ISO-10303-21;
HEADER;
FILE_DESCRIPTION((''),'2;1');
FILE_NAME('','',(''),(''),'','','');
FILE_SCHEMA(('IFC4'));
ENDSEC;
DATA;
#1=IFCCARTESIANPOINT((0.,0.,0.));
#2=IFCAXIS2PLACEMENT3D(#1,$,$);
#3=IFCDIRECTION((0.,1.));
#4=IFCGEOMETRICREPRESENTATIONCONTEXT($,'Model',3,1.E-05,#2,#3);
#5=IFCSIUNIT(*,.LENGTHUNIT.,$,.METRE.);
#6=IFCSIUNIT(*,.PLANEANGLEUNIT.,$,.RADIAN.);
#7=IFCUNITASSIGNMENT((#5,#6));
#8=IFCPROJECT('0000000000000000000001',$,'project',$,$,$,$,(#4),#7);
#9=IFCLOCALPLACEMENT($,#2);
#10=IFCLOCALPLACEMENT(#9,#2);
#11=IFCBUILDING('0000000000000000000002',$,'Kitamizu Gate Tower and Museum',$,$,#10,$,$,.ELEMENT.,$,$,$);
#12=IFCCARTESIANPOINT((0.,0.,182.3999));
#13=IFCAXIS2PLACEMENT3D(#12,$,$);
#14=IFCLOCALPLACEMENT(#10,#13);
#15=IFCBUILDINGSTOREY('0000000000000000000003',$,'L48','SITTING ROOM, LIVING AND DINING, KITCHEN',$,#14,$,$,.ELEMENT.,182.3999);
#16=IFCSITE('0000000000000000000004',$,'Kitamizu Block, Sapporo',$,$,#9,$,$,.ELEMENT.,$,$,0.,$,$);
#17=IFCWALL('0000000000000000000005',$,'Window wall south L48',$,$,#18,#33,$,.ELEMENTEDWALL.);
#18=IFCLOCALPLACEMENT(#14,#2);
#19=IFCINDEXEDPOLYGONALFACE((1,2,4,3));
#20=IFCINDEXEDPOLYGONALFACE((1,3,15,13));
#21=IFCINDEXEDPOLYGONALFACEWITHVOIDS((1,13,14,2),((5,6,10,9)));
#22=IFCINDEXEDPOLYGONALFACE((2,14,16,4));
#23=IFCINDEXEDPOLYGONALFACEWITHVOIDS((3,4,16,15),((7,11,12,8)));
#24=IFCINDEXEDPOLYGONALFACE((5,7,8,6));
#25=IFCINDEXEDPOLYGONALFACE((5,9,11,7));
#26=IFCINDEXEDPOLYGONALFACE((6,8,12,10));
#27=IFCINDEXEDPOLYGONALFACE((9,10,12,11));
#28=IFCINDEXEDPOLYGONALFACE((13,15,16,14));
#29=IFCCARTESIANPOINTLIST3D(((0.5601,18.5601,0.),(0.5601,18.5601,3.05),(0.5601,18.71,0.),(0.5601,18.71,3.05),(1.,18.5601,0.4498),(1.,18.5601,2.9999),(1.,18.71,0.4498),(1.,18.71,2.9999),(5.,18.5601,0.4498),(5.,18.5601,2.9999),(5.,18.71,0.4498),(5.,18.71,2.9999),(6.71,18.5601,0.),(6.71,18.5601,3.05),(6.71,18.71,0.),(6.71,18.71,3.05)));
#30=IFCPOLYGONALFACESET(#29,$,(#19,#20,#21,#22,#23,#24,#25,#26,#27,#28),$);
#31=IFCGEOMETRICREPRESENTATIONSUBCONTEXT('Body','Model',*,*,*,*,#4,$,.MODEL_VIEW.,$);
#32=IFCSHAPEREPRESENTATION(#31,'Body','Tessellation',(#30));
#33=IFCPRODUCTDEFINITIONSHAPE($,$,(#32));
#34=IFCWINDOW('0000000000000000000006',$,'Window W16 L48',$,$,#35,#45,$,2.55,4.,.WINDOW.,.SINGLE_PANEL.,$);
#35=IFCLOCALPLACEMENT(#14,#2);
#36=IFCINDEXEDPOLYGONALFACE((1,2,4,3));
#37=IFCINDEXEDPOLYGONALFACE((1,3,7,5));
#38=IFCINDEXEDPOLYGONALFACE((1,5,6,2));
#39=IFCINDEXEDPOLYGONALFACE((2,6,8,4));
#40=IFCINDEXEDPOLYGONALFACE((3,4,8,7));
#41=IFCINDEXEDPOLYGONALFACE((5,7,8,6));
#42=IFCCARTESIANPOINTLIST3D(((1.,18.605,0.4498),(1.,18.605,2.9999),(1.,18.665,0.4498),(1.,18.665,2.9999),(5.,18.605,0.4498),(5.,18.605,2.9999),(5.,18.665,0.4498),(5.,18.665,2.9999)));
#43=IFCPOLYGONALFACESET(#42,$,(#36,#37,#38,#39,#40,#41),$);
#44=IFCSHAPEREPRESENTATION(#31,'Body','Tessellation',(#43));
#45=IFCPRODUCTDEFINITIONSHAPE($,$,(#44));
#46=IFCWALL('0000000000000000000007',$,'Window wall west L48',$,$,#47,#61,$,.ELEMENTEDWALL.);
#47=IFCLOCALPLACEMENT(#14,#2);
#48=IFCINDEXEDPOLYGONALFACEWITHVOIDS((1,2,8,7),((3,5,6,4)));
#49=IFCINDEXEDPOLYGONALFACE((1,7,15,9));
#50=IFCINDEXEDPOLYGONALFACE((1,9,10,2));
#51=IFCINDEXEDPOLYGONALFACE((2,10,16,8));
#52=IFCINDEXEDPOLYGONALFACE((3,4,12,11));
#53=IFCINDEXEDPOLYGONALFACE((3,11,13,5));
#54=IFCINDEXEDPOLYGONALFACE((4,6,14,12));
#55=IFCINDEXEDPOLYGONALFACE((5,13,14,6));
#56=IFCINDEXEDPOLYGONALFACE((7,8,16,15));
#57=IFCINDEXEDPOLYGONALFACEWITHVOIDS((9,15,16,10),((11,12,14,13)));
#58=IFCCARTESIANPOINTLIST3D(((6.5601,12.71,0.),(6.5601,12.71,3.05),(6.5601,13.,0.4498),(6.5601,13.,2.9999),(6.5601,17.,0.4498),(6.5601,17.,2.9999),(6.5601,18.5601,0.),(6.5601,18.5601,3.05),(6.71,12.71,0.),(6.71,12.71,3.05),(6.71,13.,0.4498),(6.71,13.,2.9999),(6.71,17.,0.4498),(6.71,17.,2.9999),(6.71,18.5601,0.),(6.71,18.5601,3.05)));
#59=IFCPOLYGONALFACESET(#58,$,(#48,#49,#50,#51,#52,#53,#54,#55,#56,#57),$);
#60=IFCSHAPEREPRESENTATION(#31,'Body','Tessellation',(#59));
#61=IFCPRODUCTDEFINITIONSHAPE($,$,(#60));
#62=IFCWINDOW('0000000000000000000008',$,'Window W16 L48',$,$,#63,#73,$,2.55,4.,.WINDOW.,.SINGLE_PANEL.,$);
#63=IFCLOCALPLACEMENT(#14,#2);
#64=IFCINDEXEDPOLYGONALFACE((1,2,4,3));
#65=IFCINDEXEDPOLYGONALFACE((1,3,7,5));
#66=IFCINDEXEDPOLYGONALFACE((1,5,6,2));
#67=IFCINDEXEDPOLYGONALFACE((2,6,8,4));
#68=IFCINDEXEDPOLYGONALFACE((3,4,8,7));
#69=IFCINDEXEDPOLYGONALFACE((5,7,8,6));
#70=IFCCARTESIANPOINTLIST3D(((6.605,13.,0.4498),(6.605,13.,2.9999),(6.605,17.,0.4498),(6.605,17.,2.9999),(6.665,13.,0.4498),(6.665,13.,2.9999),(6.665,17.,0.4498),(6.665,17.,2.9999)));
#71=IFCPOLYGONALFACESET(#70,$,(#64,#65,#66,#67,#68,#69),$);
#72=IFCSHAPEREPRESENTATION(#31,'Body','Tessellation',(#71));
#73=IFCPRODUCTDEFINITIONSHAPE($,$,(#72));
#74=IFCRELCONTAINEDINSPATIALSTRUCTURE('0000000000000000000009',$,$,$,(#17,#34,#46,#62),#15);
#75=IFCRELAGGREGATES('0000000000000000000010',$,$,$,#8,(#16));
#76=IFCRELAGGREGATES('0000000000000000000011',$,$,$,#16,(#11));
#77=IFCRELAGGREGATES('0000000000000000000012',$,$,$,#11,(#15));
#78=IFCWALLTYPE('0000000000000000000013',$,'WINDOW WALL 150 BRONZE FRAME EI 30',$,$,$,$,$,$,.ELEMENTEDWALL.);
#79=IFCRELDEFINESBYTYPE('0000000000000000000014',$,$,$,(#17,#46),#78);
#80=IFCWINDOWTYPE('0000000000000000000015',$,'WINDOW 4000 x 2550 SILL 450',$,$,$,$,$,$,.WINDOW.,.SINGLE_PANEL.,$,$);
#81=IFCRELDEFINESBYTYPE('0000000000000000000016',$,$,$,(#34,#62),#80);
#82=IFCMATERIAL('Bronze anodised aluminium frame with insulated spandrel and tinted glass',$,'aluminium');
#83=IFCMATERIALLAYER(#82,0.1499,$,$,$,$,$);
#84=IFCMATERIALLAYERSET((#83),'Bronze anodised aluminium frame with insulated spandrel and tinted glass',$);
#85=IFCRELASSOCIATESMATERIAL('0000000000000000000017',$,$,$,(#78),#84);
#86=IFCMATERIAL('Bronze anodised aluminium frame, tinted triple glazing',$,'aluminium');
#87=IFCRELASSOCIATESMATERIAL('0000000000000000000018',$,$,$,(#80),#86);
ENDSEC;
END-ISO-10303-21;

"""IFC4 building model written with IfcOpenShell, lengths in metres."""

from ifc_helpers import new_model, si_unit, direction, frame, frame_2d, origin, place, context, subcontext, project, spatial, rectangle, extrude, material, layer, layer_set, type_object, element, fill, save


model = new_model("IFC4")

# Units and contexts
model_context = context("Model", 3, precision=1e-05, world=origin(), true_north=direction((0.0, 1.0)))
body_context = subcontext(model_context, "Body", "Model", "MODEL_VIEW")
ifc_project = project(units=[si_unit("LENGTHUNIT", "METRE"), si_unit("PLANEANGLEUNIT", "RADIAN")], contexts=[model_context])

# Site, building, storey
site_placement = place(None, origin())
site = spatial("IfcSite", under=ifc_project, at=site_placement, Name="Kitamizu Block, Sapporo", CompositionType="ELEMENT", RefElevation=0.0)
building_placement = place(site_placement, origin())
building = spatial("IfcBuilding", under=site, at=building_placement, Name="Kitamizu Gate Tower and Museum", CompositionType="ELEMENT")
storey_placement = place(building_placement, frame((0.0, 0.0, 182.3999)))
storey = spatial("IfcBuildingStorey", under=building, at=storey_placement, Name="L48", Description="SITTING ROOM, LIVING AND DINING, KITCHEN", CompositionType="ELEMENT", Elevation=182.3999)

# Shared definitions
ifc_material_1 = material(Name="Bronze anodised aluminium frame with insulated spandrel and tinted glass", Category="aluminium")
ifc_layer_1 = layer(ifc_material_1, 0.1499)
ifc_layer_set_1 = layer_set([ifc_layer_1], Name="Bronze anodised aluminium frame with insulated spandrel and tinted glass")
wall_type_1 = type_object("IfcWallType", Name="WINDOW WALL 150 BRONZE FRAME EI 30", PredefinedType="ELEMENTEDWALL", material=ifc_layer_set_1)

# Walls, openings, windows
wall_1_placement = place(storey_placement, frame((0.5601, 18.635, 0.0), z_axis=(0.0, 0.0, 1.0), x_axis=(1.0, 0.0, 0.0)))
wall_1 = element("IfcWall", 1, at=wall_1_placement, inside=storey, type_object=wall_type_1, Name="Window wall south L48", PredefinedType="ELEMENTEDWALL", context=body_context, shape_type="SweptSolid", body=[
    extrude(rectangle(XDim=6.1499, YDim=0.1499, at=frame_2d((3.075, 0.0))), origin(), (0.0, 0.0, 1.0), 3.05),
])
opening_1_placement = place(wall_1_placement, frame((0.4399, 0.0, 0.45)))
opening_1 = element("IfcOpeningElement", 2, at=opening_1_placement, cuts=wall_1, PredefinedType="OPENING", context=body_context, shape_type="SweptSolid", body=[
    extrude(rectangle(XDim=4.0, YDim=2.55, at=frame_2d((2.0, 1.2749))), frame((0.0, 0.085, 0.0), z_axis=(0.0, -1.0, 0.0), x_axis=(1.0, 0.0, 0.0)), (0.0, 0.0, 1.0), 0.1699),
])
ifc_material_2 = material(Name="Bronze anodised aluminium frame, tinted triple glazing", Category="aluminium")
window_type_1 = type_object("IfcWindowType", Name="WINDOW 4000 x 2550 SILL 450", PartitioningType="SINGLE_PANEL", PredefinedType="WINDOW", material=ifc_material_2)
window_1_placement = place(opening_1_placement, origin())
window_1 = element("IfcWindow", 3, at=window_1_placement, inside=storey, type_object=window_type_1, Name="Window W16 L48", OverallHeight=2.55, OverallWidth=4.0, PartitioningType="SINGLE_PANEL", PredefinedType="WINDOW", context=body_context, shape_type="SweptSolid", body=[
    extrude(rectangle(XDim=4.0, YDim=2.55, at=frame_2d((2.0, 1.2749))), frame((0.0, 0.03, 0.0), z_axis=(0.0, -1.0, 0.0), x_axis=(1.0, 0.0, 0.0)), (0.0, 0.0, 1.0), 0.0601),
])
fill(opening_1, window_1)
wall_2_placement = place(storey_placement, frame((6.635, 12.71, 0.0), z_axis=(0.0, 0.0, 1.0), x_axis=(0.0, 1.0, 0.0)))
wall_2 = element("IfcWall", 4, at=wall_2_placement, inside=storey, type_object=wall_type_1, Name="Window wall west L48", PredefinedType="ELEMENTEDWALL", context=body_context, shape_type="SweptSolid", body=[
    extrude(rectangle(XDim=5.8501, YDim=0.1499, at=frame_2d((2.925, 0.0))), origin(), (0.0, 0.0, 1.0), 3.05),
])
opening_2_placement = place(wall_2_placement, frame((0.29, 0.0, 0.45)))
opening_2 = element("IfcOpeningElement", 5, at=opening_2_placement, cuts=wall_2, PredefinedType="OPENING", context=body_context, shape_type="SweptSolid", body=[
    extrude(rectangle(XDim=4.0, YDim=2.55, at=frame_2d((2.0, 1.2749))), frame((0.0, 0.085, 0.0), z_axis=(0.0, -1.0, 0.0), x_axis=(1.0, 0.0, 0.0)), (0.0, 0.0, 1.0), 0.1699),
])
window_2_placement = place(opening_2_placement, origin())
window_2 = element("IfcWindow", 6, at=window_2_placement, inside=storey, type_object=window_type_1, Name="Window W16 L48", OverallHeight=2.55, OverallWidth=4.0, PartitioningType="SINGLE_PANEL", PredefinedType="WINDOW", context=body_context, shape_type="SweptSolid", body=[
    extrude(rectangle(XDim=4.0, YDim=2.55, at=frame_2d((2.0, 1.2749))), frame((0.0, 0.03, 0.0), z_axis=(0.0, -1.0, 0.0), x_axis=(1.0, 0.0, 0.0)), (0.0, 0.0, 1.0), 0.0601),
])
fill(opening_2, window_2)

save(model, "model.ifc")
